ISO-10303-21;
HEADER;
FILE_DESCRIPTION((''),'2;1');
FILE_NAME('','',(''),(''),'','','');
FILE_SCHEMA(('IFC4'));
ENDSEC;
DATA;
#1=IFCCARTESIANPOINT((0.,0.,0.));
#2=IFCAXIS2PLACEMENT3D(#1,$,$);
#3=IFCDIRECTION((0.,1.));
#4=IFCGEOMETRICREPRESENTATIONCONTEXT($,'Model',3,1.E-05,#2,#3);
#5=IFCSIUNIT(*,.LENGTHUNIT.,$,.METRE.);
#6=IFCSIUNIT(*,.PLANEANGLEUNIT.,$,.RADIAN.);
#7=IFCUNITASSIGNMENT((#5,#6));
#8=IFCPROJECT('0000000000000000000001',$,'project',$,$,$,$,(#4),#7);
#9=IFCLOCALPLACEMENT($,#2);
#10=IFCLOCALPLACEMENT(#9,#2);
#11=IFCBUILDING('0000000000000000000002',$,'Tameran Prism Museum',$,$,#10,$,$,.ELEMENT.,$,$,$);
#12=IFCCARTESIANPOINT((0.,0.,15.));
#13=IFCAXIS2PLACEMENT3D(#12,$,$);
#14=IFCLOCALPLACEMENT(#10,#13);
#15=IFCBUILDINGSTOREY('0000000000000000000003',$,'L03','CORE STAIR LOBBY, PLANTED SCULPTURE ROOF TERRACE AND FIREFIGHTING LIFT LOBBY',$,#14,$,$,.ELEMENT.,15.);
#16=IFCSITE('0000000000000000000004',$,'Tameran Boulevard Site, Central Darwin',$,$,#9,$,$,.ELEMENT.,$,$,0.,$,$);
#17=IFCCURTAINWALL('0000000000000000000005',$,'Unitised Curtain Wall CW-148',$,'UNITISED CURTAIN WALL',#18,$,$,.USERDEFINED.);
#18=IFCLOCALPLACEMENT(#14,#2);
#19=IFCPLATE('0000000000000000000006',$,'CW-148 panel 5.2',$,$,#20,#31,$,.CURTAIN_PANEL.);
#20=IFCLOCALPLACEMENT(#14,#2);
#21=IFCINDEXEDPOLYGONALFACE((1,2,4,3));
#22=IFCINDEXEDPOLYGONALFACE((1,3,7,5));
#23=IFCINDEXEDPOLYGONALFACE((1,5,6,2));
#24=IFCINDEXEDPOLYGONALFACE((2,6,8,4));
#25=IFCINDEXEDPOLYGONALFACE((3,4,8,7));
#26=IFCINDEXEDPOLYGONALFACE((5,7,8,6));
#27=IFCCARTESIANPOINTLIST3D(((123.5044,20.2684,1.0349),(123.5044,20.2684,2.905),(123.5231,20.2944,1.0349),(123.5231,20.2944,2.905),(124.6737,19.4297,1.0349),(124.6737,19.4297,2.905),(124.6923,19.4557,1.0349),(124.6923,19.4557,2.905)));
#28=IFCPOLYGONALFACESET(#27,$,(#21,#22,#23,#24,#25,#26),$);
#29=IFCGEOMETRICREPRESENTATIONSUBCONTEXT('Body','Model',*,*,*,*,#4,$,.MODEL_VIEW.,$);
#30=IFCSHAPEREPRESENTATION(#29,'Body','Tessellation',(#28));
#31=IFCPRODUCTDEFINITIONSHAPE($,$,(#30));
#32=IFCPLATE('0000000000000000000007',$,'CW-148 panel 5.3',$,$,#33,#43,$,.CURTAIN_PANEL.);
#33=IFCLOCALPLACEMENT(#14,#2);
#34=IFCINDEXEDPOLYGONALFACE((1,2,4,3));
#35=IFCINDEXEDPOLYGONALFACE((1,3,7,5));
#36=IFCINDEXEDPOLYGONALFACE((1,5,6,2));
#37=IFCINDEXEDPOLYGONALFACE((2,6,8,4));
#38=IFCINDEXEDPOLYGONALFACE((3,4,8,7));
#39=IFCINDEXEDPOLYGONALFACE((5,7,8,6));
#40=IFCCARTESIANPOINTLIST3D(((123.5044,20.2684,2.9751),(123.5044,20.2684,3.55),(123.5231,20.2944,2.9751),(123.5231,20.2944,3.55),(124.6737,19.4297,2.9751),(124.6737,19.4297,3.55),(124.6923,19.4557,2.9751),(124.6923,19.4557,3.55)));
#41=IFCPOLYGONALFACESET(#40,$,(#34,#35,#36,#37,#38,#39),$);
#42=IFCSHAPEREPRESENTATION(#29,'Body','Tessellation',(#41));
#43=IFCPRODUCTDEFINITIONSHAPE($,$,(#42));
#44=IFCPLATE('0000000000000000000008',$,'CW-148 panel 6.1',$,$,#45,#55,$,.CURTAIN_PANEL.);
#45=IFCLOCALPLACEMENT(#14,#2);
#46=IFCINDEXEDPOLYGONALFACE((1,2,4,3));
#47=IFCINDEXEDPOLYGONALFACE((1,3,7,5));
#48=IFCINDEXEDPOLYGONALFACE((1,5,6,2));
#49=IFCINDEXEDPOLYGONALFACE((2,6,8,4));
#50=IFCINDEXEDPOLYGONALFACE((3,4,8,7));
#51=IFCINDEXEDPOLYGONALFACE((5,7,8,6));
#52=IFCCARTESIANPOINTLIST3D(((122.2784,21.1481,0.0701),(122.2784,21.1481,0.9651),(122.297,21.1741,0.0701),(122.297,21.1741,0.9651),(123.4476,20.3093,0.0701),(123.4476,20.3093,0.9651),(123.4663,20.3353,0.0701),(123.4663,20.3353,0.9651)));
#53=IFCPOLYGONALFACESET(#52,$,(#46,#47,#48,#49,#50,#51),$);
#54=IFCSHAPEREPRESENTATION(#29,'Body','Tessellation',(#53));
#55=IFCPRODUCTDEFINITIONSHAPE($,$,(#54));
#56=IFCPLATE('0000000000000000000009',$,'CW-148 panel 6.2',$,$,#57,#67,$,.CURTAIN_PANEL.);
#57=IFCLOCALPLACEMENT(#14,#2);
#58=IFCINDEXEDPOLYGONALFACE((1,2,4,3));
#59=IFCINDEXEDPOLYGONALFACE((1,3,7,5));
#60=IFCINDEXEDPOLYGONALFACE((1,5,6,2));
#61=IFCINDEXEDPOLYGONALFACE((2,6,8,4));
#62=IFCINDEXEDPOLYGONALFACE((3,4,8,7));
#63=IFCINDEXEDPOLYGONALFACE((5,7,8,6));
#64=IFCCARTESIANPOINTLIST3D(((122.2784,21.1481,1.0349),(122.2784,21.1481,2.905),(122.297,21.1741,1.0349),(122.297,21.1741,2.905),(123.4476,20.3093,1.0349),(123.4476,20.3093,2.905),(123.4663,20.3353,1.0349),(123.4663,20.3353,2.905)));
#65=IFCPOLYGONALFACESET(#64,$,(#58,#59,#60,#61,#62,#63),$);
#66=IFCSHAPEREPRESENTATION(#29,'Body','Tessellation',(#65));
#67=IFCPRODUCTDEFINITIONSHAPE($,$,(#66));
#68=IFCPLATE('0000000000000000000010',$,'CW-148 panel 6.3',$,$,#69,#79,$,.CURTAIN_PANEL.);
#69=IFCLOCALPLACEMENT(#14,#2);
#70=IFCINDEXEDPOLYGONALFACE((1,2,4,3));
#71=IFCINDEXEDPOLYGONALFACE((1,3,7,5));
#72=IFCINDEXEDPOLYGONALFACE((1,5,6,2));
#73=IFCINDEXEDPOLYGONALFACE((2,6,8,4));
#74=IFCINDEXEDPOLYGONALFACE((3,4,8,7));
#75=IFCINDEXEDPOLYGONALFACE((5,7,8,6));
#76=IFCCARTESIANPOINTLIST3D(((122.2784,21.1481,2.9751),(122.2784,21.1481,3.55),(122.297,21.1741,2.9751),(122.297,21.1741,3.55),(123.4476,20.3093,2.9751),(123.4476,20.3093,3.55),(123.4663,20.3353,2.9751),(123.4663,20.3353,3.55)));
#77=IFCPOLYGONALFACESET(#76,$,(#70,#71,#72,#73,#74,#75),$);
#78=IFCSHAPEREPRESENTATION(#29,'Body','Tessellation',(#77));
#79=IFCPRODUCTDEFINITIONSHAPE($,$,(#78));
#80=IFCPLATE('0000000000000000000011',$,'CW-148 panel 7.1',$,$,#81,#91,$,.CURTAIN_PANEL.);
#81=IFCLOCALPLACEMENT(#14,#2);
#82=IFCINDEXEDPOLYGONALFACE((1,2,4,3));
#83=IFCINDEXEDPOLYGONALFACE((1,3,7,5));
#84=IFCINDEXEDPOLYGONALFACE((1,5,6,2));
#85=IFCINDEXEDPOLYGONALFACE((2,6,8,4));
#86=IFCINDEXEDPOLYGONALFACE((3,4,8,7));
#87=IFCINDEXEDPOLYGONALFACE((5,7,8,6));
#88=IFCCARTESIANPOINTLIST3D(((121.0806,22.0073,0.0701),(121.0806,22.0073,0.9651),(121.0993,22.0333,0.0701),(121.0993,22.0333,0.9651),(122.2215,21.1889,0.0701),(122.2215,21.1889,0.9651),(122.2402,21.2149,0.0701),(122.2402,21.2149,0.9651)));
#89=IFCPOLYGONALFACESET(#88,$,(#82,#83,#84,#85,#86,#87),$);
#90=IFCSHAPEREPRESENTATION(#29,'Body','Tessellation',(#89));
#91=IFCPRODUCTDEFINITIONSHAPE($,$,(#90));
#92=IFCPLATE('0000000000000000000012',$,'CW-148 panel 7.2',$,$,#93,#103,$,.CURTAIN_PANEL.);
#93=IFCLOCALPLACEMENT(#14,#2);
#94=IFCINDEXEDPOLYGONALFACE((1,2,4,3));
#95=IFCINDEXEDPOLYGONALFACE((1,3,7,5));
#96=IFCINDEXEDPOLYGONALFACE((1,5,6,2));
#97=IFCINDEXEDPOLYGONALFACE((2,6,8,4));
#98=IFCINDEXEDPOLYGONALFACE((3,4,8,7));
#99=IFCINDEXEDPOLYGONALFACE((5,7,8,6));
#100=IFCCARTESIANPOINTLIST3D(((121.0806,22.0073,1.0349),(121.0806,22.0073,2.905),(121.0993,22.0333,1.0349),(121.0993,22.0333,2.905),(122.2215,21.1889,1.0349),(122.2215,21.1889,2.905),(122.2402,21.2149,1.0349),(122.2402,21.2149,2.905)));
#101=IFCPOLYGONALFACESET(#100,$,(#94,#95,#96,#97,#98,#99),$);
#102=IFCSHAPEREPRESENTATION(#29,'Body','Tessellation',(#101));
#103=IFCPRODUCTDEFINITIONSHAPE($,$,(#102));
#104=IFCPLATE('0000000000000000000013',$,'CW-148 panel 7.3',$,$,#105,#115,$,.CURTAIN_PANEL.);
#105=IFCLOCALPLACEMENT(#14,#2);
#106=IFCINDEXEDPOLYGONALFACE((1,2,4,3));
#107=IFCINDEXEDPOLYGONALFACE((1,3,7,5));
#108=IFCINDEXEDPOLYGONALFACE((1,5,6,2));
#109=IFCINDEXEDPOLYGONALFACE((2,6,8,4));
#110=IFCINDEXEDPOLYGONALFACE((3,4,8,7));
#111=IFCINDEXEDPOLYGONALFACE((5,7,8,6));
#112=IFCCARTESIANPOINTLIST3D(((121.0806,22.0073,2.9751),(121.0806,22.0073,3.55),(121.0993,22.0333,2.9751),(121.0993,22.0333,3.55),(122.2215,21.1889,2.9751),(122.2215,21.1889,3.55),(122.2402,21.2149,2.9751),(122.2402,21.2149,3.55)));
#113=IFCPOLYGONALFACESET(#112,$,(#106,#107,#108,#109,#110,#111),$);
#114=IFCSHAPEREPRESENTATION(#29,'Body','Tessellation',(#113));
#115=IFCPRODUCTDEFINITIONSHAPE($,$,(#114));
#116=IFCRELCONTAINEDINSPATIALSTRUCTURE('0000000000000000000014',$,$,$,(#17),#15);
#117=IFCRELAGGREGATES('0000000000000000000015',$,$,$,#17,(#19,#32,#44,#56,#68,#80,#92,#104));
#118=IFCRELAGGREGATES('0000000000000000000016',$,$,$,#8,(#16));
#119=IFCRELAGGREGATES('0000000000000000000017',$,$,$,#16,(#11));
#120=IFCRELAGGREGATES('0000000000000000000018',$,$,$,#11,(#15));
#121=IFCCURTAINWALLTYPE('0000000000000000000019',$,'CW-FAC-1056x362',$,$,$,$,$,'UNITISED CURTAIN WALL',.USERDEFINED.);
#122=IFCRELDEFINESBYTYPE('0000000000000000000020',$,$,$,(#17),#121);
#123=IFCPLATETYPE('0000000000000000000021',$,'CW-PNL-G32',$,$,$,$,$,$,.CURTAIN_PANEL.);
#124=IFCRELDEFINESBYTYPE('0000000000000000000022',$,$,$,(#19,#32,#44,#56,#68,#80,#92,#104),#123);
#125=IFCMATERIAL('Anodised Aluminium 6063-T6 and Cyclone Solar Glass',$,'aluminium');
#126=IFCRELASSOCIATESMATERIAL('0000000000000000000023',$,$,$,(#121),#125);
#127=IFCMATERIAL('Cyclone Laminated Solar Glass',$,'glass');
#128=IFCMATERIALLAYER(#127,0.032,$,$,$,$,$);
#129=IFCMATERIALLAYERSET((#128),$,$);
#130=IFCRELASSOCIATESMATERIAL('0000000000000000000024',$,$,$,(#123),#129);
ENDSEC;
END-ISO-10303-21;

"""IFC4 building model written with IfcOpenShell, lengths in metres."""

from ifc_helpers import new_model, si_unit, direction, frame, origin, origin_2d, place, context, subcontext, project, spatial, rectangle, extrude, material, layer, layer_set, type_object, element, aggregate, save


model = new_model("IFC4")

# Units and contexts
model_context = context("Model", 3, precision=1e-05, world=origin(), true_north=direction((0.0, 1.0)))
body_context = subcontext(model_context, "Body", "Model", "MODEL_VIEW")
ifc_project = project(units=[si_unit("LENGTHUNIT", "METRE"), si_unit("PLANEANGLEUNIT", "RADIAN")], contexts=[model_context])

# Site, building, storey
site_placement = place(None, origin())
site = spatial("IfcSite", under=ifc_project, at=site_placement, Name="Tameran Boulevard Site, Central Darwin", CompositionType="ELEMENT", RefElevation=0.0)
building_placement = place(site_placement, origin())
building = spatial("IfcBuilding", under=site, at=building_placement, Name="Tameran Prism Museum", CompositionType="ELEMENT")
storey_placement = place(building_placement, frame((0.0, 0.0, 15.0)))
storey = spatial("IfcBuildingStorey", under=building, at=storey_placement, Name="L03", Description="CORE STAIR LOBBY, PLANTED SCULPTURE ROOF TERRACE AND FIREFIGHTING LIFT LOBBY", CompositionType="ELEMENT", Elevation=15.0)

# Curtain wall, plates
ifc_material_1 = material(Name="Anodised Aluminium 6063-T6 and Cyclone Solar Glass", Category="aluminium")
curtain_wall_type = type_object("IfcCurtainWallType", Name="CW-FAC-1056x362", ElementType="UNITISED CURTAIN WALL", PredefinedType="USERDEFINED", material=ifc_material_1)
curtain_wall_placement = place(storey_placement, origin())
curtain_wall = element("IfcCurtainWall", 1, at=curtain_wall_placement, inside=storey, type_object=curtain_wall_type, Name="Unitised Curtain Wall CW-148", ObjectType="UNITISED CURTAIN WALL", PredefinedType="USERDEFINED")
ifc_material_2 = material(Name="Cyclone Laminated Solar Glass", Category="glass")
ifc_layer = layer(ifc_material_2, 0.032)
ifc_layer_set = layer_set([ifc_layer])
plate_type = type_object("IfcPlateType", Name="CW-PNL-G32", PredefinedType="CURTAIN_PANEL", material=ifc_layer_set)
plate_1_placement = place(storey_placement, frame((124.0984, 19.8621, 1.0349), z_axis=(0.0, 0.0, 1.0), x_axis=(-0.812555, 0.582885, 0.0)))
plate_1 = element("IfcPlate", 2, at=plate_1_placement, type_object=plate_type, Name="CW-148 panel 5.2", PredefinedType="CURTAIN_PANEL", context=body_context, shape_type="SweptSolid", body=[
    extrude(rectangle(XDim=1.439, YDim=0.032, at=origin_2d()), origin(), (0.0, 0.0, 1.0), 1.8701),
])
plate_2_placement = place(storey_placement, frame((124.0984, 19.8621, 2.9751), z_axis=(0.0, 0.0, 1.0), x_axis=(-0.812555, 0.582885, 0.0)))
plate_2 = element("IfcPlate", 3, at=plate_2_placement, type_object=plate_type, Name="CW-148 panel 5.3", PredefinedType="CURTAIN_PANEL", context=body_context, shape_type="SweptSolid", body=[
    extrude(rectangle(XDim=1.439, YDim=0.032, at=origin_2d()), origin(), (0.0, 0.0, 1.0), 0.575),
])
plate_3_placement = place(storey_placement, frame((122.8723, 20.7417, 0.0701), z_axis=(0.0, 0.0, 1.0), x_axis=(-0.812555, 0.582885, 0.0)))
plate_3 = element("IfcPlate", 4, at=plate_3_placement, type_object=plate_type, Name="CW-148 panel 6.1", PredefinedType="CURTAIN_PANEL", context=body_context, shape_type="SweptSolid", body=[
    extrude(rectangle(XDim=1.439, YDim=0.032, at=origin_2d()), origin(), (0.0, 0.0, 1.0), 0.895),
])
plate_4_placement = place(storey_placement, frame((122.8723, 20.7417, 1.0349), z_axis=(0.0, 0.0, 1.0), x_axis=(-0.812555, 0.582885, 0.0)))
plate_4 = element("IfcPlate", 5, at=plate_4_placement, type_object=plate_type, Name="CW-148 panel 6.2", PredefinedType="CURTAIN_PANEL", context=body_context, shape_type="SweptSolid", body=[
    extrude(rectangle(XDim=1.439, YDim=0.032, at=origin_2d()), origin(), (0.0, 0.0, 1.0), 1.8701),
])
plate_5_placement = place(storey_placement, frame((122.8723, 20.7417, 2.9751), z_axis=(0.0, 0.0, 1.0), x_axis=(-0.812555, 0.582885, 0.0)))
plate_5 = element("IfcPlate", 6, at=plate_5_placement, type_object=plate_type, Name="CW-148 panel 6.3", PredefinedType="CURTAIN_PANEL", context=body_context, shape_type="SweptSolid", body=[
    extrude(rectangle(XDim=1.439, YDim=0.032, at=origin_2d()), origin(), (0.0, 0.0, 1.0), 0.575),
])
plate_6_placement = place(storey_placement, frame((121.6604, 21.6111, 0.0701), z_axis=(0.0, 0.0, 1.0), x_axis=(-0.812555, 0.582885, 0.0)))
plate_6 = element("IfcPlate", 7, at=plate_6_placement, type_object=plate_type, Name="CW-148 panel 7.1", PredefinedType="CURTAIN_PANEL", context=body_context, shape_type="SweptSolid", body=[
    extrude(rectangle(XDim=1.4041, YDim=0.032, at=origin_2d()), origin(), (0.0, 0.0, 1.0), 0.895),
])
plate_7_placement = place(storey_placement, frame((121.6604, 21.6111, 1.0349), z_axis=(0.0, 0.0, 1.0), x_axis=(-0.812555, 0.582885, 0.0)))
plate_7 = element("IfcPlate", 8, at=plate_7_placement, type_object=plate_type, Name="CW-148 panel 7.2", PredefinedType="CURTAIN_PANEL", context=body_context, shape_type="SweptSolid", body=[
    extrude(rectangle(XDim=1.4041, YDim=0.032, at=origin_2d()), origin(), (0.0, 0.0, 1.0), 1.8701),
])
plate_8_placement = place(storey_placement, frame((121.6604, 21.6111, 2.9751), z_axis=(0.0, 0.0, 1.0), x_axis=(-0.812555, 0.582885, 0.0)))
plate_8 = element("IfcPlate", 9, at=plate_8_placement, type_object=plate_type, Name="CW-148 panel 7.3", PredefinedType="CURTAIN_PANEL", context=body_context, shape_type="SweptSolid", body=[
    extrude(rectangle(XDim=1.4041, YDim=0.032, at=origin_2d()), origin(), (0.0, 0.0, 1.0), 0.575),
])
aggregate(curtain_wall, [plate_1, plate_2, plate_3, plate_4, plate_5, plate_6, plate_7, plate_8])

save(model, "model.ifc")
